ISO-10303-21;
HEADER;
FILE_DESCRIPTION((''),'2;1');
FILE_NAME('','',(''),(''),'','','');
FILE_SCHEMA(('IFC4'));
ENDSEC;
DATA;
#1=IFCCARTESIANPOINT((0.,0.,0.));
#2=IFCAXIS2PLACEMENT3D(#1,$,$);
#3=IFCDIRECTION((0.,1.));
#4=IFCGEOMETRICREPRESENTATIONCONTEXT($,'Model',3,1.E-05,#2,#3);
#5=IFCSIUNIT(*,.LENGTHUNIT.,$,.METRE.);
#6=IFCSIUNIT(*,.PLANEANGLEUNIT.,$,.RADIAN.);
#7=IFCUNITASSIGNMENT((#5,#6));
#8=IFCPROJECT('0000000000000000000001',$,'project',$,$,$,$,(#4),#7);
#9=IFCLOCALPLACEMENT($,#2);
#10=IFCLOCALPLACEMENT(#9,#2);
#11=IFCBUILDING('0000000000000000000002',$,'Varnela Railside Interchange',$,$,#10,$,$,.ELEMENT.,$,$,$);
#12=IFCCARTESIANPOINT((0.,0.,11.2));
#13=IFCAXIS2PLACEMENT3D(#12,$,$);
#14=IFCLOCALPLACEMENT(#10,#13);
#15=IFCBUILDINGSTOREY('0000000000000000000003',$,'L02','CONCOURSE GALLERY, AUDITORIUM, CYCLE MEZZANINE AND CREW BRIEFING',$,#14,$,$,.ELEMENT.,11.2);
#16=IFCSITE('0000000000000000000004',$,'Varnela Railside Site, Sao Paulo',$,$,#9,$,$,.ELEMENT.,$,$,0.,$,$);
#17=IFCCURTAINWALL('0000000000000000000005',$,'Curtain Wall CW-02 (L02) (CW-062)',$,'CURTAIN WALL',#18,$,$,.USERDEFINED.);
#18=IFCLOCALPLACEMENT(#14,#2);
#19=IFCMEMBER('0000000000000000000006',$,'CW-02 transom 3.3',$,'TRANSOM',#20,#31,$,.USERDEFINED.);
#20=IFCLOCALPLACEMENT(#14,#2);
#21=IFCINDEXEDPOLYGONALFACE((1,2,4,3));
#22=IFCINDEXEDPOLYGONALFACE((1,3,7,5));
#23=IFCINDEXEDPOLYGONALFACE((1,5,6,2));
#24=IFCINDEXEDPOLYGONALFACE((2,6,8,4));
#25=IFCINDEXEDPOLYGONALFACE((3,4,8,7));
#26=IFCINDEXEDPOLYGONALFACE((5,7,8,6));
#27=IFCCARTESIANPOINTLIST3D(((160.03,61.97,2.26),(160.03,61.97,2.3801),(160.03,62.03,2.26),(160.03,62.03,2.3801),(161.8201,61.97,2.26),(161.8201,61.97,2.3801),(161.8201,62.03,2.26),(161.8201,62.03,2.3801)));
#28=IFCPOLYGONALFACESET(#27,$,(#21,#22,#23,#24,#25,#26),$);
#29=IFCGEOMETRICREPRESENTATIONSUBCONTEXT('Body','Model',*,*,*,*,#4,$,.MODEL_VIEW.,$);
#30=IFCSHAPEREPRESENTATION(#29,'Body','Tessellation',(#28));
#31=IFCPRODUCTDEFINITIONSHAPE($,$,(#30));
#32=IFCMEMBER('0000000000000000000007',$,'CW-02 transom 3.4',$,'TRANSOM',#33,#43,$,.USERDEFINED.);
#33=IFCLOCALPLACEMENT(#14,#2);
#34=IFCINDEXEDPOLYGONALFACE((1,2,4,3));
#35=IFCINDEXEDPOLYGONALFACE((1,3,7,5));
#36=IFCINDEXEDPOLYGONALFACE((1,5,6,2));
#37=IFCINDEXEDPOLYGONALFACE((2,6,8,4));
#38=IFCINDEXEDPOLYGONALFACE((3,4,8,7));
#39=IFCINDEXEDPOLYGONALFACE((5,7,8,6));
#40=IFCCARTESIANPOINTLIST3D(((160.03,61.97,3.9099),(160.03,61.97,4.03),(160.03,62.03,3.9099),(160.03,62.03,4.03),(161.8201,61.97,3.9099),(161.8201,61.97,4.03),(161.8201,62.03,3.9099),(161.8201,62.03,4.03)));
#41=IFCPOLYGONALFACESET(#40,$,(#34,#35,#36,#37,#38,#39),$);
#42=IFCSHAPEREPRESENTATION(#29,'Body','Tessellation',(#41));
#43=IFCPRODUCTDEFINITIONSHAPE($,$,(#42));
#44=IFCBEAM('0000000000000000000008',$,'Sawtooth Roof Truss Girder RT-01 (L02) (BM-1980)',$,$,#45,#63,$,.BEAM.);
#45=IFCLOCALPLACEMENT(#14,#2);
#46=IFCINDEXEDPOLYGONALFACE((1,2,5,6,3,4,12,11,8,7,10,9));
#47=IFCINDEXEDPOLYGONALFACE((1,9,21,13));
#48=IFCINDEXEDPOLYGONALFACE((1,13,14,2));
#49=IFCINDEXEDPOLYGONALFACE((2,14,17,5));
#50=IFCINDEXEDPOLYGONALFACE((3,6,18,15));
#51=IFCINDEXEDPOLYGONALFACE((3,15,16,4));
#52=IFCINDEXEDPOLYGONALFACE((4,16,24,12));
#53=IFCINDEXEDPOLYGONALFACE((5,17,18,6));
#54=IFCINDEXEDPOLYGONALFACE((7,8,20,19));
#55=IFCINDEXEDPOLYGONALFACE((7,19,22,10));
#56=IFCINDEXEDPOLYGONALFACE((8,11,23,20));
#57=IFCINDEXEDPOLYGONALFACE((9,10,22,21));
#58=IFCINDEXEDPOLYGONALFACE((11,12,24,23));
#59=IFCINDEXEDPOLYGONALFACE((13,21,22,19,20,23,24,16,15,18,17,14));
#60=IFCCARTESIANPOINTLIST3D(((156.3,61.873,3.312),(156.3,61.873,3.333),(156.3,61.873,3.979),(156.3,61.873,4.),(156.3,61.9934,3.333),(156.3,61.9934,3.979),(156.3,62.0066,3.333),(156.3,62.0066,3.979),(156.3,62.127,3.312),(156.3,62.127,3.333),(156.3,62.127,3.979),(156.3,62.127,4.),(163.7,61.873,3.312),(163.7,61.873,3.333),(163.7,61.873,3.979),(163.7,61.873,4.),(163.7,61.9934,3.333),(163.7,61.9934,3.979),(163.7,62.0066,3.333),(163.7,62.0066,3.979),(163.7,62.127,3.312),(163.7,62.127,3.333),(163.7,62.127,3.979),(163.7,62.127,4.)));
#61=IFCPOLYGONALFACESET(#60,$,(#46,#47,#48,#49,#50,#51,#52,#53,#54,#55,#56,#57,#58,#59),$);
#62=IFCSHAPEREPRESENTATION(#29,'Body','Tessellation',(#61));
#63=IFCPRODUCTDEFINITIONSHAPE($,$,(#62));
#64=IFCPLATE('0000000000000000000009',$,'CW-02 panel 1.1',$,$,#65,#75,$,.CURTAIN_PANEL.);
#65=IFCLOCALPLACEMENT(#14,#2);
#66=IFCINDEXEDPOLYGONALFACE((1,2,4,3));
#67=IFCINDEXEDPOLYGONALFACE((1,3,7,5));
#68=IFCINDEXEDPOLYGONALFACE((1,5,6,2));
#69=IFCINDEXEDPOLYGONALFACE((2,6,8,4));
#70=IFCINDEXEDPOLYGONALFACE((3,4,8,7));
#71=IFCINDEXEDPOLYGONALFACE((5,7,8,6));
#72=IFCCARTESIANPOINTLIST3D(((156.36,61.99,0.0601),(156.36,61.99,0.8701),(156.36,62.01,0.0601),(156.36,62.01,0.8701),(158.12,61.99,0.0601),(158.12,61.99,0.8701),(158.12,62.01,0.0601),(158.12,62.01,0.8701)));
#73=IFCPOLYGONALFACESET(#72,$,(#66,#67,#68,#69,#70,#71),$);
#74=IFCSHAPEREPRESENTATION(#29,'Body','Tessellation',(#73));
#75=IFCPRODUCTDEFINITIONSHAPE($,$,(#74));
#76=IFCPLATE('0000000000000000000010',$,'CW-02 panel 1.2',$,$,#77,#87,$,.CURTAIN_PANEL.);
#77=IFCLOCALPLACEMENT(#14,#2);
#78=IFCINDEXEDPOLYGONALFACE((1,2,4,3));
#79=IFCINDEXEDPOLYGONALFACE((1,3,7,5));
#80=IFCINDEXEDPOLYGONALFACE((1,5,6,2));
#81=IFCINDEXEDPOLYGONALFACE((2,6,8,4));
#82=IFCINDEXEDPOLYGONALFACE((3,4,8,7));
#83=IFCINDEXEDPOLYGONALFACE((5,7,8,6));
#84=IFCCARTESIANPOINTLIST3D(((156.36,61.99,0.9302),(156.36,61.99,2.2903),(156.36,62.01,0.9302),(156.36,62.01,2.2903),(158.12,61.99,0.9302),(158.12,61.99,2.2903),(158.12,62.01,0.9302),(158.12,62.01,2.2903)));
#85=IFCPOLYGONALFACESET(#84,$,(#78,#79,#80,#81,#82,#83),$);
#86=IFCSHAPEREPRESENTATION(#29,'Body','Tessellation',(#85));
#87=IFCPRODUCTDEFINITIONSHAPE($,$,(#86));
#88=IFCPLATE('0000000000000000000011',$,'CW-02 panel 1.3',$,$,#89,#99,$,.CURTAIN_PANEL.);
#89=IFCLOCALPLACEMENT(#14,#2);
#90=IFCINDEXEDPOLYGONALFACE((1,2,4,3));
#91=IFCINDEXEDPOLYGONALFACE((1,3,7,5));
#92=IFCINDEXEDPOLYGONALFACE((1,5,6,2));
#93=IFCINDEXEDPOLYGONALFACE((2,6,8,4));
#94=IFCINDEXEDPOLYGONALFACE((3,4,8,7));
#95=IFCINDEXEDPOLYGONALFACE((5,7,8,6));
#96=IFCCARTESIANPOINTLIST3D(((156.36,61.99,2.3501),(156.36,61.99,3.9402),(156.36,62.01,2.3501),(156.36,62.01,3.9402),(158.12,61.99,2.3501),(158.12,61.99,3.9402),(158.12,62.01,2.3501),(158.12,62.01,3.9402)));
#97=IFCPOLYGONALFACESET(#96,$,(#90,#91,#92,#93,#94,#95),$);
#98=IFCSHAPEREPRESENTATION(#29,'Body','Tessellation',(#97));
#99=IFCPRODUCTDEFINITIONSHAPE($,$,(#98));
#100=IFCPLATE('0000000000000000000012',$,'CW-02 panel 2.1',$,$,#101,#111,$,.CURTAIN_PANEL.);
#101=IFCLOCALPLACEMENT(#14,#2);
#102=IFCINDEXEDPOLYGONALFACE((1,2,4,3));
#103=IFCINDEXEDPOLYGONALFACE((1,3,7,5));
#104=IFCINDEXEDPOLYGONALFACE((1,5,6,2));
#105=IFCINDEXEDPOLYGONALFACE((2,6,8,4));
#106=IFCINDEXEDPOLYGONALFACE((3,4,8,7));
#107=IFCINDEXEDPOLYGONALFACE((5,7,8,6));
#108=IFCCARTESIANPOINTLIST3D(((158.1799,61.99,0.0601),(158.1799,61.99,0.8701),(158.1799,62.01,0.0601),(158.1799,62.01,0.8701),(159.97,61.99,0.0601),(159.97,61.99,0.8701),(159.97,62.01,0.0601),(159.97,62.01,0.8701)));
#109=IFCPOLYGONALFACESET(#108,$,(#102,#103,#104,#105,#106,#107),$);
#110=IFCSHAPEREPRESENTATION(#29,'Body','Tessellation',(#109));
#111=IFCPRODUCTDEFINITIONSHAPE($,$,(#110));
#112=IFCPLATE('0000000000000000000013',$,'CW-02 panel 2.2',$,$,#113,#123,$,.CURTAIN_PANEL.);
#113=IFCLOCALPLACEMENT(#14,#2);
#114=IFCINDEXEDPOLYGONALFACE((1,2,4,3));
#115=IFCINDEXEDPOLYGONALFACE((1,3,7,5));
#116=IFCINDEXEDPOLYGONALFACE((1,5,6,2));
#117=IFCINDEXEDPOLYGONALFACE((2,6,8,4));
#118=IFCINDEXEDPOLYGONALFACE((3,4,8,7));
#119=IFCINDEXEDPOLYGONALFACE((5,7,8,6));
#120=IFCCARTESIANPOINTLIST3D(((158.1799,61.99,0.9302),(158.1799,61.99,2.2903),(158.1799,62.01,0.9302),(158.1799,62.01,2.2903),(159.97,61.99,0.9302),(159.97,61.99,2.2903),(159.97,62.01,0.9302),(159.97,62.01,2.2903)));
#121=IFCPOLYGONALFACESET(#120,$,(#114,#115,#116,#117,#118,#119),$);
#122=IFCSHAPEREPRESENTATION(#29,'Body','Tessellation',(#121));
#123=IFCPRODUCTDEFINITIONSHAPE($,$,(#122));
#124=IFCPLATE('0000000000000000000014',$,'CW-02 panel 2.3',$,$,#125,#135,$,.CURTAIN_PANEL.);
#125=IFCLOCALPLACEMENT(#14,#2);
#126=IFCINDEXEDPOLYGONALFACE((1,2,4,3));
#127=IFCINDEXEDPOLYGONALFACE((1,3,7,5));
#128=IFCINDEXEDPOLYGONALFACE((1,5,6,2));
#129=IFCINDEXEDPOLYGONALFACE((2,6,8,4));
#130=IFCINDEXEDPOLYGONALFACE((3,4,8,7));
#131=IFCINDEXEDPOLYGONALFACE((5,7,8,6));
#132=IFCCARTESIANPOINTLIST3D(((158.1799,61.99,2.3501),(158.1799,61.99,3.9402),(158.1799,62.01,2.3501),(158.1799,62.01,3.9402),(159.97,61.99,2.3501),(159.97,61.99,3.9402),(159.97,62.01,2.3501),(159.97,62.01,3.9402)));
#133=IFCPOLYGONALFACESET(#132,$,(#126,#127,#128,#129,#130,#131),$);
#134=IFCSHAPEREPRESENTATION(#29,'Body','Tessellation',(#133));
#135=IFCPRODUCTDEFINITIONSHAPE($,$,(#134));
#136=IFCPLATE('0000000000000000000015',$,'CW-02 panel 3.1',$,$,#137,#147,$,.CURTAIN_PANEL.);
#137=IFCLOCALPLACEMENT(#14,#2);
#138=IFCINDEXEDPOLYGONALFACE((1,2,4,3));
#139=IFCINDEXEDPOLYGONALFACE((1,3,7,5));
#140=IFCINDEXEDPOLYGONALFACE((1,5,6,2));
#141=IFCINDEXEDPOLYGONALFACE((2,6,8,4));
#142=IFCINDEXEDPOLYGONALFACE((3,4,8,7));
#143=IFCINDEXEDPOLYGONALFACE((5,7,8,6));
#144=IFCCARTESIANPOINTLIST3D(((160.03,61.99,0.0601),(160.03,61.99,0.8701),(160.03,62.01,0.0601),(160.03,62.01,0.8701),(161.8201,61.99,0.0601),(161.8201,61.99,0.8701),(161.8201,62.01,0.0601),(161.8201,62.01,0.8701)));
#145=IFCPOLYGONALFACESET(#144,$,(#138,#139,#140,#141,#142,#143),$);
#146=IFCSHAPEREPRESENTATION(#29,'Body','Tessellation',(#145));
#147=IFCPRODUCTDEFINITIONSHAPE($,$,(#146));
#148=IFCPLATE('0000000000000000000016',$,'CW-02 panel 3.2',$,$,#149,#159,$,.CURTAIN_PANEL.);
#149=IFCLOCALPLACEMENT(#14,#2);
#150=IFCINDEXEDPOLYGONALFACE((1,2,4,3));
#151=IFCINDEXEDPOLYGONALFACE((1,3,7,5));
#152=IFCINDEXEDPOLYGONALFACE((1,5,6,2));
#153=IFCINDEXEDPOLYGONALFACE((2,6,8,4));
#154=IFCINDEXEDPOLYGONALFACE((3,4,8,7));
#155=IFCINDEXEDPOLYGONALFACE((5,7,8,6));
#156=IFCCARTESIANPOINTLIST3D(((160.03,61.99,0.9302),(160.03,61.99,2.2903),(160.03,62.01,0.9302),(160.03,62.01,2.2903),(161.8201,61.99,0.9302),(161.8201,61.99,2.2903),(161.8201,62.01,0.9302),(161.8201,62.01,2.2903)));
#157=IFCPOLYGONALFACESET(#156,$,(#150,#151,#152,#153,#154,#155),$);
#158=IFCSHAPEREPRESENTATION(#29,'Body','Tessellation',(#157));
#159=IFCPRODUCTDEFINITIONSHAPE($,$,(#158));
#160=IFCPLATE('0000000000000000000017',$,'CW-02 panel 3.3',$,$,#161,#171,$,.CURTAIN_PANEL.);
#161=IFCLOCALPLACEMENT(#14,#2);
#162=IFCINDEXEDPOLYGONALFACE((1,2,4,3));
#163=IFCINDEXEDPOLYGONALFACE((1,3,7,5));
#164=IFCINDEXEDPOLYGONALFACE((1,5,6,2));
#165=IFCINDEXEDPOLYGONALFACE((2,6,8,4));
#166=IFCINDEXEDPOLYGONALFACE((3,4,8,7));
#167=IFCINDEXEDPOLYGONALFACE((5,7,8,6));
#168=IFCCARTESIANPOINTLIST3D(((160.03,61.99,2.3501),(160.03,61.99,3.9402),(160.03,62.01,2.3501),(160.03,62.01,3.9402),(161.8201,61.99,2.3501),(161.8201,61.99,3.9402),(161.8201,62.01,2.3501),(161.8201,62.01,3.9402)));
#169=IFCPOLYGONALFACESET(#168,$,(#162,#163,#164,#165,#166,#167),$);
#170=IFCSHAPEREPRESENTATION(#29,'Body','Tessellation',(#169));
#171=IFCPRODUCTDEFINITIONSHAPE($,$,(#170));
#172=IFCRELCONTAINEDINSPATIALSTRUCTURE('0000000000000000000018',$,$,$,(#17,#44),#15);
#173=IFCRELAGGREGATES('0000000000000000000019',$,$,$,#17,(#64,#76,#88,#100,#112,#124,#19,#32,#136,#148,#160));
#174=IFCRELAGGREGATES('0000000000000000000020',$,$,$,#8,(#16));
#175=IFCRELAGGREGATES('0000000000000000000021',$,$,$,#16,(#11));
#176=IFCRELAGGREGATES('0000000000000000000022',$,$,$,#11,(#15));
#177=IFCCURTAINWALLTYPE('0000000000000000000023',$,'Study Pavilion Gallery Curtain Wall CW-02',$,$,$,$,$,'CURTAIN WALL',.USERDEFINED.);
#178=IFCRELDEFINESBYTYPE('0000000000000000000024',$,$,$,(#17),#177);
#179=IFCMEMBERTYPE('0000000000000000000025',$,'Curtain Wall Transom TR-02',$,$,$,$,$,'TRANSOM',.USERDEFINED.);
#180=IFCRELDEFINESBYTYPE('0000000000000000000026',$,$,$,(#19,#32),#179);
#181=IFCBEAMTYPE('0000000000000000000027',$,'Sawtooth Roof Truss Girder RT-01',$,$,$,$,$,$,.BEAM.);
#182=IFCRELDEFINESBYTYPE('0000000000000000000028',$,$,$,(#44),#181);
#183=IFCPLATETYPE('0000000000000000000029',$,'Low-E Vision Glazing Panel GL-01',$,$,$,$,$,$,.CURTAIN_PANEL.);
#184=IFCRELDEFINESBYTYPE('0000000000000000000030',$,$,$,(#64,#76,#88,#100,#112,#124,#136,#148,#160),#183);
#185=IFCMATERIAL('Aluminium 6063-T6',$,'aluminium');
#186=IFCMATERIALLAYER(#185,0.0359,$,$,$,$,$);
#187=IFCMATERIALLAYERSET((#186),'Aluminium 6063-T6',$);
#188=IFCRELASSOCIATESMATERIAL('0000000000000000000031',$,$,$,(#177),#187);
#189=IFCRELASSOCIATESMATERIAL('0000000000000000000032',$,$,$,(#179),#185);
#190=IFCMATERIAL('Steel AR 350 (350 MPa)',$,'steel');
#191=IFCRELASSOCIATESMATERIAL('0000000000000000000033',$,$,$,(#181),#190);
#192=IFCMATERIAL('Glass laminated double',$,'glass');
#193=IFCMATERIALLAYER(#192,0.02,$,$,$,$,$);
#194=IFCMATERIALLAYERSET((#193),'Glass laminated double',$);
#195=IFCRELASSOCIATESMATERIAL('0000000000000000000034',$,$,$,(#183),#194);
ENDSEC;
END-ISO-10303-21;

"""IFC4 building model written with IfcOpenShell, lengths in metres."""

from ifc_helpers import new_model, si_unit, direction, frame, origin, origin_2d, place, context, subcontext, project, spatial, rectangle, i_section, extrude, material, layer, layer_set, material_profile, profile_set, type_object, element, aggregate, save


model = new_model("IFC4")

# Units and contexts
model_context = context("Model", 3, precision=1e-05, world=origin(), true_north=direction((0.0, 1.0)))
body_context = subcontext(model_context, "Body", "Model", "MODEL_VIEW")
ifc_project = project(units=[si_unit("LENGTHUNIT", "METRE"), si_unit("PLANEANGLEUNIT", "RADIAN")], contexts=[model_context])

# Site, building, storey
site_placement = place(None, origin())
site = spatial("IfcSite", under=ifc_project, at=site_placement, Name="Varnela Railside Site, Sao Paulo", CompositionType="ELEMENT", RefElevation=0.0)
building_placement = place(site_placement, origin())
building = spatial("IfcBuilding", under=site, at=building_placement, Name="Varnela Railside Interchange", CompositionType="ELEMENT")
storey_placement = place(building_placement, frame((0.0, 0.0, 11.2)))
storey = spatial("IfcBuildingStorey", under=building, at=storey_placement, Name="L02", Description="CONCOURSE GALLERY, AUDITORIUM, CYCLE MEZZANINE AND CREW BRIEFING", CompositionType="ELEMENT", Elevation=11.2)

# Curtain wall, members
ifc_material_1 = material(Name="Aluminium 6063-T6", Category="aluminium")
ifc_layer_1 = layer(ifc_material_1, 0.0359)
ifc_layer_set_1 = layer_set([ifc_layer_1], Name="Aluminium 6063-T6")
curtain_wall_type = type_object("IfcCurtainWallType", Name="Study Pavilion Gallery Curtain Wall CW-02", ElementType="CURTAIN WALL", PredefinedType="USERDEFINED", material=ifc_layer_set_1)
curtain_wall_placement = place(storey_placement, origin())
curtain_wall = element("IfcCurtainWall", 1, at=curtain_wall_placement, inside=storey, type_object=curtain_wall_type, Name="Curtain Wall CW-02 (L02) (CW-062)", ObjectType="CURTAIN WALL", PredefinedType="USERDEFINED")
ifc_material_profile_1 = material_profile(ifc_material_1, rectangle(XDim=0.0601, YDim=0.1201, at=origin_2d()), Name="ALU 60x120")
ifc_profile_set_1 = profile_set([ifc_material_profile_1], Name="Aluminium 6063-T6")
member_type_1 = type_object("IfcMemberType", Name="Curtain Wall Transom TR-02", ElementType="TRANSOM", PredefinedType="USERDEFINED", material=ifc_profile_set_1)
member_1_placement = place(storey_placement, frame((160.03, 62.0, 2.3201), z_axis=(1.0, 0.0, 0.0), x_axis=(0.0, 1.0, 0.0)))
member_1 = element("IfcMember", 2, at=member_1_placement, type_object=member_type_1, Name="CW-02 transom 3.3", ObjectType="TRANSOM", PredefinedType="USERDEFINED", context=body_context, shape_type="SweptSolid", body=[
    extrude(rectangle(XDim=0.0601, YDim=0.1201, at=origin_2d()), origin(), (0.0, 0.0, 1.0), 1.79),
])
member_2_placement = place(storey_placement, frame((160.03, 62.0, 3.97), z_axis=(1.0, 0.0, 0.0), x_axis=(0.0, 1.0, 0.0)))
member_2 = element("IfcMember", 3, at=member_2_placement, type_object=member_type_1, Name="CW-02 transom 3.4", ObjectType="TRANSOM", PredefinedType="USERDEFINED", context=body_context, shape_type="SweptSolid", body=[
    extrude(rectangle(XDim=0.0601, YDim=0.1201, at=origin_2d()), origin(), (0.0, 0.0, 1.0), 1.79),
])

# Beam
ifc_material_2 = material(Name="Steel AR 350 (350 MPa)", Category="steel")
ifc_material_profile_2 = material_profile(ifc_material_2, i_section(OverallWidth=0.2539, OverallDepth=0.688, WebThickness=0.0132, FlangeThickness=0.021, at=origin_2d()), Name="W690x152")
ifc_profile_set_2 = profile_set([ifc_material_profile_2], Name="Steel AR 350 (350 MPa)")
beam_type = type_object("IfcBeamType", Name="Sawtooth Roof Truss Girder RT-01", PredefinedType="BEAM", material=ifc_profile_set_2)
beam_placement = place(storey_placement, frame((156.3, 62.0, 3.656), z_axis=(1.0, 0.0, 0.0), x_axis=(0.0, 1.0, 0.0)))
element("IfcBeam", 4, at=beam_placement, inside=storey, type_object=beam_type, Name="Sawtooth Roof Truss Girder RT-01 (L02) (BM-1980)", PredefinedType="BEAM", context=body_context, shape_type="SweptSolid", body=[
    extrude(i_section(OverallWidth=0.2539, OverallDepth=0.688, WebThickness=0.0132, FlangeThickness=0.021, at=origin_2d()), origin(), (0.0, 0.0, 1.0), 7.3999),
])

# Plates
ifc_material_3 = material(Name="Glass laminated double", Category="glass")
ifc_layer_2 = layer(ifc_material_3, 0.02)
ifc_layer_set_2 = layer_set([ifc_layer_2], Name="Glass laminated double")
plate_type = type_object("IfcPlateType", Name="Low-E Vision Glazing Panel GL-01", PredefinedType="CURTAIN_PANEL", material=ifc_layer_set_2)
plate_1_placement = place(storey_placement, frame((157.24, 62.0, 0.0601), z_axis=(0.0, 0.0, 1.0), x_axis=(1.0, 0.0, 0.0)))
plate_1 = element("IfcPlate", 5, at=plate_1_placement, type_object=plate_type, Name="CW-02 panel 1.1", PredefinedType="CURTAIN_PANEL", context=body_context, shape_type="SweptSolid", body=[
    extrude(rectangle(XDim=1.76, YDim=0.02, at=origin_2d()), origin(), (0.0, 0.0, 1.0), 0.8101),
])
plate_2_placement = place(storey_placement, frame((157.24, 62.0, 0.9302), z_axis=(0.0, 0.0, 1.0), x_axis=(1.0, 0.0, 0.0)))
plate_2 = element("IfcPlate", 6, at=plate_2_placement, type_object=plate_type, Name="CW-02 panel 1.2", PredefinedType="CURTAIN_PANEL", context=body_context, shape_type="SweptSolid", body=[
    extrude(rectangle(XDim=1.76, YDim=0.02, at=origin_2d()), origin(), (0.0, 0.0, 1.0), 1.3601),
])
plate_3_placement = place(storey_placement, frame((157.24, 62.0, 2.3501), z_axis=(0.0, 0.0, 1.0), x_axis=(1.0, 0.0, 0.0)))
plate_3 = element("IfcPlate", 7, at=plate_3_placement, type_object=plate_type, Name="CW-02 panel 1.3", PredefinedType="CURTAIN_PANEL", context=body_context, shape_type="SweptSolid", body=[
    extrude(rectangle(XDim=1.76, YDim=0.02, at=origin_2d()), origin(), (0.0, 0.0, 1.0), 1.5901),
])
plate_4_placement = place(storey_placement, frame((159.075, 62.0, 0.0601), z_axis=(0.0, 0.0, 1.0), x_axis=(1.0, 0.0, 0.0)))
plate_4 = element("IfcPlate", 8, at=plate_4_placement, type_object=plate_type, Name="CW-02 panel 2.1", PredefinedType="CURTAIN_PANEL", context=body_context, shape_type="SweptSolid", body=[
    extrude(rectangle(XDim=1.79, YDim=0.02, at=origin_2d()), origin(), (0.0, 0.0, 1.0), 0.8101),
])
plate_5_placement = place(storey_placement, frame((159.075, 62.0, 0.9302), z_axis=(0.0, 0.0, 1.0), x_axis=(1.0, 0.0, 0.0)))
plate_5 = element("IfcPlate", 9, at=plate_5_placement, type_object=plate_type, Name="CW-02 panel 2.2", PredefinedType="CURTAIN_PANEL", context=body_context, shape_type="SweptSolid", body=[
    extrude(rectangle(XDim=1.79, YDim=0.02, at=origin_2d()), origin(), (0.0, 0.0, 1.0), 1.3601),
])
plate_6_placement = place(storey_placement, frame((159.075, 62.0, 2.3501), z_axis=(0.0, 0.0, 1.0), x_axis=(1.0, 0.0, 0.0)))
plate_6 = element("IfcPlate", 10, at=plate_6_placement, type_object=plate_type, Name="CW-02 panel 2.3", PredefinedType="CURTAIN_PANEL", context=body_context, shape_type="SweptSolid", body=[
    extrude(rectangle(XDim=1.79, YDim=0.02, at=origin_2d()), origin(), (0.0, 0.0, 1.0), 1.5901),
])
plate_7_placement = place(storey_placement, frame((160.925, 62.0, 0.0601), z_axis=(0.0, 0.0, 1.0), x_axis=(1.0, 0.0, 0.0)))
plate_7 = element("IfcPlate", 11, at=plate_7_placement, type_object=plate_type, Name="CW-02 panel 3.1", PredefinedType="CURTAIN_PANEL", context=body_context, shape_type="SweptSolid", body=[
    extrude(rectangle(XDim=1.79, YDim=0.02, at=origin_2d()), origin(), (0.0, 0.0, 1.0), 0.8101),
])
plate_8_placement = place(storey_placement, frame((160.925, 62.0, 0.9302), z_axis=(0.0, 0.0, 1.0), x_axis=(1.0, 0.0, 0.0)))
plate_8 = element("IfcPlate", 12, at=plate_8_placement, type_object=plate_type, Name="CW-02 panel 3.2", PredefinedType="CURTAIN_PANEL", context=body_context, shape_type="SweptSolid", body=[
    extrude(rectangle(XDim=1.79, YDim=0.02, at=origin_2d()), origin(), (0.0, 0.0, 1.0), 1.3601),
])
plate_9_placement = place(storey_placement, frame((160.925, 62.0, 2.3501), z_axis=(0.0, 0.0, 1.0), x_axis=(1.0, 0.0, 0.0)))
plate_9 = element("IfcPlate", 13, at=plate_9_placement, type_object=plate_type, Name="CW-02 panel 3.3", PredefinedType="CURTAIN_PANEL", context=body_context, shape_type="SweptSolid", body=[
    extrude(rectangle(XDim=1.79, YDim=0.02, at=origin_2d()), origin(), (0.0, 0.0, 1.0), 1.5901),
])
aggregate(curtain_wall, [plate_1, plate_2, plate_3, plate_4, plate_5, plate_6, member_1, member_2, plate_7, plate_8, plate_9])

save(model, "model.ifc")
